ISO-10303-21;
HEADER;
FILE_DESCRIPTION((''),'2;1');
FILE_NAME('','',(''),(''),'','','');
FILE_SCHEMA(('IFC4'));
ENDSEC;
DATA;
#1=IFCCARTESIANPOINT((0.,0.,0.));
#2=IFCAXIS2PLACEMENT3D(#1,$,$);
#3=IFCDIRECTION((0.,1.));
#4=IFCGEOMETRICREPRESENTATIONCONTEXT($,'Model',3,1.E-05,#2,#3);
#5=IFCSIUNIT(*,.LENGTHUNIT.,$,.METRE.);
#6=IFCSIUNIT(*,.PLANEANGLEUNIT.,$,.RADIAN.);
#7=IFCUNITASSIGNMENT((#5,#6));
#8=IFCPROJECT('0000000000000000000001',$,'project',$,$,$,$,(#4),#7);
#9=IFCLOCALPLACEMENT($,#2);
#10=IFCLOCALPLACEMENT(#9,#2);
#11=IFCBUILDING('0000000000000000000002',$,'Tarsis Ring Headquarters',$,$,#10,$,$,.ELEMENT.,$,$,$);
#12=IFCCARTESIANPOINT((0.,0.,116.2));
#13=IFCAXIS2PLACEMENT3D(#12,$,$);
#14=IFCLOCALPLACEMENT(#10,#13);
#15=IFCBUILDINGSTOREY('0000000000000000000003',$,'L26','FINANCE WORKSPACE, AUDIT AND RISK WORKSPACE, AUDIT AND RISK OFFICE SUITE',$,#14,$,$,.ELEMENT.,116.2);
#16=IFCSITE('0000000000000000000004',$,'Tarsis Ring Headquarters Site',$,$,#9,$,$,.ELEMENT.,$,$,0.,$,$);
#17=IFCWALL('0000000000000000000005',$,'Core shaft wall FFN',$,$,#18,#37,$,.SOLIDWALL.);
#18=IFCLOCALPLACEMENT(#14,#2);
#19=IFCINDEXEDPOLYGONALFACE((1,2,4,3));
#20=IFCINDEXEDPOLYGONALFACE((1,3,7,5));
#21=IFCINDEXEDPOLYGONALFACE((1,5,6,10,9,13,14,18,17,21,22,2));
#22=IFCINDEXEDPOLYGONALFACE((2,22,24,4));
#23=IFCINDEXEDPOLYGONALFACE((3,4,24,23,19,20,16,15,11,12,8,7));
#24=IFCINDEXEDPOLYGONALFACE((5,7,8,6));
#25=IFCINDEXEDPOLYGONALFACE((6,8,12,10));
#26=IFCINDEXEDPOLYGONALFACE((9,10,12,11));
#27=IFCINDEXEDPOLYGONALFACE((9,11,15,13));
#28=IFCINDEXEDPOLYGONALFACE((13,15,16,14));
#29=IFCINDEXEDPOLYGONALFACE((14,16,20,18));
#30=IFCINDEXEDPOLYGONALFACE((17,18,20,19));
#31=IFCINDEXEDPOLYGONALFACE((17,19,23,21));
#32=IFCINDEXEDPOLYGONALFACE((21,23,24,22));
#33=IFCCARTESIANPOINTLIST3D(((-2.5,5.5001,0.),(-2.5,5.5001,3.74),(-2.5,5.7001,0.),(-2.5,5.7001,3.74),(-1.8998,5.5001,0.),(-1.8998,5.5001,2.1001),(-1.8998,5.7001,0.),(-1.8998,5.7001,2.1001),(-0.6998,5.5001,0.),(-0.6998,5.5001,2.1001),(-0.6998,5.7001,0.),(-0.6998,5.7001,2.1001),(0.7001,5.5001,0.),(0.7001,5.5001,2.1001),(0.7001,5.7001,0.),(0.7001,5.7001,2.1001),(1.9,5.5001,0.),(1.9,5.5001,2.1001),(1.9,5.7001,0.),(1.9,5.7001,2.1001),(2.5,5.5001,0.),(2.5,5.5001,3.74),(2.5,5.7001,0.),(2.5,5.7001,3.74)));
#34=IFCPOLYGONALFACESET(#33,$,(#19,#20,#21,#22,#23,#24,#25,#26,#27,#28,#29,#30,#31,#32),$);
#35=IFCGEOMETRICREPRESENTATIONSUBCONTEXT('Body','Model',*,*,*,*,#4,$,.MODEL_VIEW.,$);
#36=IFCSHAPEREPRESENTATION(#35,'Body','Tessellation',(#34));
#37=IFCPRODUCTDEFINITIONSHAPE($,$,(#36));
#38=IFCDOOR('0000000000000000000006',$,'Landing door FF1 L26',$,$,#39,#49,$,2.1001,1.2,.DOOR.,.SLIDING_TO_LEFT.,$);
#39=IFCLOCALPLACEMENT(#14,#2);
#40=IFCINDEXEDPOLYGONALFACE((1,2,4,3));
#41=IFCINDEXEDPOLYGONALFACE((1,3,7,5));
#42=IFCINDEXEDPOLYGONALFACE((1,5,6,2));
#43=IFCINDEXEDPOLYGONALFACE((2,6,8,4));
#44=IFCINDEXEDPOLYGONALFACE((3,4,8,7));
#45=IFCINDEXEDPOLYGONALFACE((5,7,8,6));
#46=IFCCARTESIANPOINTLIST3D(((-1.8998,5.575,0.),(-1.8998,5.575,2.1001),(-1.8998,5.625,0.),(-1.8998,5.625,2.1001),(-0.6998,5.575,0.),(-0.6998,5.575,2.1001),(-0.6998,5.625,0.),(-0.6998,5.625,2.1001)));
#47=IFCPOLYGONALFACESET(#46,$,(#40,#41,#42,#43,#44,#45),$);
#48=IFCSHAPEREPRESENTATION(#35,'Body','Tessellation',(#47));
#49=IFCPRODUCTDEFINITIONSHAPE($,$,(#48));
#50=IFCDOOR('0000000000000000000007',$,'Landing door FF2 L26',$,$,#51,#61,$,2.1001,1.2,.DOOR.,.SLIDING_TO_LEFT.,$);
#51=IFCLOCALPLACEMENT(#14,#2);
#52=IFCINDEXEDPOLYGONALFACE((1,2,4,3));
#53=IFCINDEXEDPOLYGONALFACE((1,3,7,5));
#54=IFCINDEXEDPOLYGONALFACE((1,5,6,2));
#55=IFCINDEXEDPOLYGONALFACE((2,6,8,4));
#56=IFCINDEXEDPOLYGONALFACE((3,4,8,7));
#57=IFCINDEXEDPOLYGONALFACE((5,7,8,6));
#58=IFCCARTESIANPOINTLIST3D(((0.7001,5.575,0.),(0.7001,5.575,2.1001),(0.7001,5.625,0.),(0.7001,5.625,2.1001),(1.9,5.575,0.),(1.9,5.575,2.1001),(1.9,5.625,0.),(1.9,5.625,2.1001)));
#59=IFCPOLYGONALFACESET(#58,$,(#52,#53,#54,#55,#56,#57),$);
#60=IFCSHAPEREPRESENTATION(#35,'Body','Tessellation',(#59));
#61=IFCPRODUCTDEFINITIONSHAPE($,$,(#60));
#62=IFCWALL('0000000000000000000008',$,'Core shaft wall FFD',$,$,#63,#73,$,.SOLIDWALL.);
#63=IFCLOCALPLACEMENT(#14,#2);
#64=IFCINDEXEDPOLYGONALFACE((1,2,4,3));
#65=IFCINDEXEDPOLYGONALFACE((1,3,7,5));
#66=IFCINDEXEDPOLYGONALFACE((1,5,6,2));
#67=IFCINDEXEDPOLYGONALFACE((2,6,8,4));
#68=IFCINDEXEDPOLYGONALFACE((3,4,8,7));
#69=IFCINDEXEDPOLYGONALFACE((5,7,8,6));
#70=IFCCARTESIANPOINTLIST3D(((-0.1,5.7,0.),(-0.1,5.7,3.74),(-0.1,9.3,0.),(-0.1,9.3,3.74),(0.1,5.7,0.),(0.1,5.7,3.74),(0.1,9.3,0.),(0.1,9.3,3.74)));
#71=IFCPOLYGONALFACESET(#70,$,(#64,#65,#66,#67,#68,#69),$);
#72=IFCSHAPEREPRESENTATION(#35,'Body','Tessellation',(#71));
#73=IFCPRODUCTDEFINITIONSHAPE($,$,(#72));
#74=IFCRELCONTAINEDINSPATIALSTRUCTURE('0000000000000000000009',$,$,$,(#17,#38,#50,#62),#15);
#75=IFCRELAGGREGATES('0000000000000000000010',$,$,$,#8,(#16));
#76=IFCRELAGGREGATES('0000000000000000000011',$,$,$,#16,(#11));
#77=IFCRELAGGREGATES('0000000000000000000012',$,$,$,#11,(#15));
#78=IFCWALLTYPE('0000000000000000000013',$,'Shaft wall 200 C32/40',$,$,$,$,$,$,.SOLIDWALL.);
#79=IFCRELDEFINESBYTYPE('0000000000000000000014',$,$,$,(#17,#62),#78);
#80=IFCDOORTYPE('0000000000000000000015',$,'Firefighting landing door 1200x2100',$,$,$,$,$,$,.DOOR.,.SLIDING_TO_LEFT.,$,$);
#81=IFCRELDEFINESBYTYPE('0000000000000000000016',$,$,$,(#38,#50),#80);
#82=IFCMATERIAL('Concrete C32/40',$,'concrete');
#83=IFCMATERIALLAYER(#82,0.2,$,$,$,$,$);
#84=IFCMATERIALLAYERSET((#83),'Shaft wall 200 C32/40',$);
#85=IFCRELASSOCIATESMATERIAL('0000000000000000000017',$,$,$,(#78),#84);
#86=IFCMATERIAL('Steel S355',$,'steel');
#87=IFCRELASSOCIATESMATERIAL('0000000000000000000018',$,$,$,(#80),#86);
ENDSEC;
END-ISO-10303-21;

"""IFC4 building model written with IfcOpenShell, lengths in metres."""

from ifc_helpers import new_model, si_unit, direction, frame, frame_2d, origin, place, context, subcontext, project, spatial, rectangle, extrude, material, layer, layer_set, type_object, element, fill, save


model = new_model("IFC4")

# Units and contexts
model_context = context("Model", 3, precision=1e-05, world=origin(), true_north=direction((0.0, 1.0)))
body_context = subcontext(model_context, "Body", "Model", "MODEL_VIEW")
ifc_project = project(units=[si_unit("LENGTHUNIT", "METRE"), si_unit("PLANEANGLEUNIT", "RADIAN")], contexts=[model_context])

# Site, building, storey
site_placement = place(None, origin())
site = spatial("IfcSite", under=ifc_project, at=site_placement, Name="Tarsis Ring Headquarters Site", CompositionType="ELEMENT", RefElevation=0.0)
building_placement = place(site_placement, origin())
building = spatial("IfcBuilding", under=site, at=building_placement, Name="Tarsis Ring Headquarters", CompositionType="ELEMENT")
storey_placement = place(building_placement, frame((0.0, 0.0, 116.2)))
storey = spatial("IfcBuildingStorey", under=building, at=storey_placement, Name="L26", Description="FINANCE WORKSPACE, AUDIT AND RISK WORKSPACE, AUDIT AND RISK OFFICE SUITE", CompositionType="ELEMENT", Elevation=116.2)

# Shared definitions
ifc_material_1 = material(Name="Concrete C32/40", Category="concrete")

# Shared definitions
ifc_layer_1 = layer(ifc_material_1, 0.2)
ifc_layer_set_1 = layer_set([ifc_layer_1], Name="Shaft wall 200 C32/40")
wall_type_1 = type_object("IfcWallType", Name="Shaft wall 200 C32/40", PredefinedType="SOLIDWALL", material=ifc_layer_set_1)
ifc_material_2 = material(Name="Steel S355", Category="steel")

# Wall, openings, doors
wall_1_placement = place(storey_placement, frame((-2.5, 5.6001, 0.0), z_axis=(0.0, 0.0, 1.0), x_axis=(1.0, 0.0, 0.0)))
wall_1 = element("IfcWall", 1, at=wall_1_placement, inside=storey, type_object=wall_type_1, Name="Core shaft wall FFN", PredefinedType="SOLIDWALL", context=body_context, shape_type="SweptSolid", body=[
    extrude(rectangle(XDim=5.0, YDim=0.2, at=frame_2d((2.5, 0.0))), origin(), (0.0, 0.0, 1.0), 3.74),
])
opening_1_placement = place(wall_1_placement, frame((0.6001, 0.0, 0.0)))
opening_1 = element("IfcOpeningElement", 2, at=opening_1_placement, cuts=wall_1, PredefinedType="OPENING", context=body_context, shape_type="SweptSolid", body=[
    extrude(rectangle(XDim=1.2, YDim=2.1001, at=frame_2d((0.6001, 1.05))), frame((0.0, 0.1099, 0.0), z_axis=(0.0, -1.0, 0.0), x_axis=(1.0, 0.0, 0.0)), (0.0, 0.0, 1.0), 0.22),
])
opening_2_placement = place(wall_1_placement, frame((3.2, 0.0, 0.0)))
opening_2 = element("IfcOpeningElement", 3, at=opening_2_placement, cuts=wall_1, PredefinedType="OPENING", context=body_context, shape_type="SweptSolid", body=[
    extrude(rectangle(XDim=1.2, YDim=2.1001, at=frame_2d((0.6001, 1.05))), frame((0.0, 0.1099, 0.0), z_axis=(0.0, -1.0, 0.0), x_axis=(1.0, 0.0, 0.0)), (0.0, 0.0, 1.0), 0.22),
])
door_type_1 = type_object("IfcDoorType", Name="Firefighting landing door 1200x2100", OperationType="SLIDING_TO_LEFT", PredefinedType="DOOR", material=ifc_material_2)
door_1_placement = place(opening_1_placement, origin())
door_1 = element("IfcDoor", 4, at=door_1_placement, inside=storey, type_object=door_type_1, Name="Landing door FF1 L26", OperationType="SLIDING_TO_LEFT", OverallHeight=2.1001, OverallWidth=1.2, PredefinedType="DOOR", context=body_context, shape_type="SweptSolid", body=[
    extrude(rectangle(XDim=1.2, YDim=2.1001, at=frame_2d((0.6001, 1.05))), frame((0.0, 0.0249, 0.0), z_axis=(0.0, -1.0, 0.0), x_axis=(1.0, 0.0, 0.0)), (0.0, 0.0, 1.0), 0.05),
])
fill(opening_1, door_1)
door_2_placement = place(opening_2_placement, origin())
door_2 = element("IfcDoor", 5, at=door_2_placement, inside=storey, type_object=door_type_1, Name="Landing door FF2 L26", OperationType="SLIDING_TO_LEFT", OverallHeight=2.1001, OverallWidth=1.2, PredefinedType="DOOR", context=body_context, shape_type="SweptSolid", body=[
    extrude(rectangle(XDim=1.2, YDim=2.1001, at=frame_2d((0.6001, 1.05))), frame((0.0, 0.0249, 0.0), z_axis=(0.0, -1.0, 0.0), x_axis=(1.0, 0.0, 0.0)), (0.0, 0.0, 1.0), 0.05),
])
fill(opening_2, door_2)

# Wall
wall_2_placement = place(storey_placement, frame((0.0, 5.7, 0.0), z_axis=(0.0, 0.0, 1.0), x_axis=(0.0, 1.0, 0.0)))
element("IfcWall", 6, at=wall_2_placement, inside=storey, type_object=wall_type_1, Name="Core shaft wall FFD", PredefinedType="SOLIDWALL", context=body_context, shape_type="SweptSolid", body=[
    extrude(rectangle(XDim=3.6001, YDim=0.2, at=frame_2d((1.8, 0.0))), origin(), (0.0, 0.0, 1.0), 3.74),
])

save(model, "model.ifc")
